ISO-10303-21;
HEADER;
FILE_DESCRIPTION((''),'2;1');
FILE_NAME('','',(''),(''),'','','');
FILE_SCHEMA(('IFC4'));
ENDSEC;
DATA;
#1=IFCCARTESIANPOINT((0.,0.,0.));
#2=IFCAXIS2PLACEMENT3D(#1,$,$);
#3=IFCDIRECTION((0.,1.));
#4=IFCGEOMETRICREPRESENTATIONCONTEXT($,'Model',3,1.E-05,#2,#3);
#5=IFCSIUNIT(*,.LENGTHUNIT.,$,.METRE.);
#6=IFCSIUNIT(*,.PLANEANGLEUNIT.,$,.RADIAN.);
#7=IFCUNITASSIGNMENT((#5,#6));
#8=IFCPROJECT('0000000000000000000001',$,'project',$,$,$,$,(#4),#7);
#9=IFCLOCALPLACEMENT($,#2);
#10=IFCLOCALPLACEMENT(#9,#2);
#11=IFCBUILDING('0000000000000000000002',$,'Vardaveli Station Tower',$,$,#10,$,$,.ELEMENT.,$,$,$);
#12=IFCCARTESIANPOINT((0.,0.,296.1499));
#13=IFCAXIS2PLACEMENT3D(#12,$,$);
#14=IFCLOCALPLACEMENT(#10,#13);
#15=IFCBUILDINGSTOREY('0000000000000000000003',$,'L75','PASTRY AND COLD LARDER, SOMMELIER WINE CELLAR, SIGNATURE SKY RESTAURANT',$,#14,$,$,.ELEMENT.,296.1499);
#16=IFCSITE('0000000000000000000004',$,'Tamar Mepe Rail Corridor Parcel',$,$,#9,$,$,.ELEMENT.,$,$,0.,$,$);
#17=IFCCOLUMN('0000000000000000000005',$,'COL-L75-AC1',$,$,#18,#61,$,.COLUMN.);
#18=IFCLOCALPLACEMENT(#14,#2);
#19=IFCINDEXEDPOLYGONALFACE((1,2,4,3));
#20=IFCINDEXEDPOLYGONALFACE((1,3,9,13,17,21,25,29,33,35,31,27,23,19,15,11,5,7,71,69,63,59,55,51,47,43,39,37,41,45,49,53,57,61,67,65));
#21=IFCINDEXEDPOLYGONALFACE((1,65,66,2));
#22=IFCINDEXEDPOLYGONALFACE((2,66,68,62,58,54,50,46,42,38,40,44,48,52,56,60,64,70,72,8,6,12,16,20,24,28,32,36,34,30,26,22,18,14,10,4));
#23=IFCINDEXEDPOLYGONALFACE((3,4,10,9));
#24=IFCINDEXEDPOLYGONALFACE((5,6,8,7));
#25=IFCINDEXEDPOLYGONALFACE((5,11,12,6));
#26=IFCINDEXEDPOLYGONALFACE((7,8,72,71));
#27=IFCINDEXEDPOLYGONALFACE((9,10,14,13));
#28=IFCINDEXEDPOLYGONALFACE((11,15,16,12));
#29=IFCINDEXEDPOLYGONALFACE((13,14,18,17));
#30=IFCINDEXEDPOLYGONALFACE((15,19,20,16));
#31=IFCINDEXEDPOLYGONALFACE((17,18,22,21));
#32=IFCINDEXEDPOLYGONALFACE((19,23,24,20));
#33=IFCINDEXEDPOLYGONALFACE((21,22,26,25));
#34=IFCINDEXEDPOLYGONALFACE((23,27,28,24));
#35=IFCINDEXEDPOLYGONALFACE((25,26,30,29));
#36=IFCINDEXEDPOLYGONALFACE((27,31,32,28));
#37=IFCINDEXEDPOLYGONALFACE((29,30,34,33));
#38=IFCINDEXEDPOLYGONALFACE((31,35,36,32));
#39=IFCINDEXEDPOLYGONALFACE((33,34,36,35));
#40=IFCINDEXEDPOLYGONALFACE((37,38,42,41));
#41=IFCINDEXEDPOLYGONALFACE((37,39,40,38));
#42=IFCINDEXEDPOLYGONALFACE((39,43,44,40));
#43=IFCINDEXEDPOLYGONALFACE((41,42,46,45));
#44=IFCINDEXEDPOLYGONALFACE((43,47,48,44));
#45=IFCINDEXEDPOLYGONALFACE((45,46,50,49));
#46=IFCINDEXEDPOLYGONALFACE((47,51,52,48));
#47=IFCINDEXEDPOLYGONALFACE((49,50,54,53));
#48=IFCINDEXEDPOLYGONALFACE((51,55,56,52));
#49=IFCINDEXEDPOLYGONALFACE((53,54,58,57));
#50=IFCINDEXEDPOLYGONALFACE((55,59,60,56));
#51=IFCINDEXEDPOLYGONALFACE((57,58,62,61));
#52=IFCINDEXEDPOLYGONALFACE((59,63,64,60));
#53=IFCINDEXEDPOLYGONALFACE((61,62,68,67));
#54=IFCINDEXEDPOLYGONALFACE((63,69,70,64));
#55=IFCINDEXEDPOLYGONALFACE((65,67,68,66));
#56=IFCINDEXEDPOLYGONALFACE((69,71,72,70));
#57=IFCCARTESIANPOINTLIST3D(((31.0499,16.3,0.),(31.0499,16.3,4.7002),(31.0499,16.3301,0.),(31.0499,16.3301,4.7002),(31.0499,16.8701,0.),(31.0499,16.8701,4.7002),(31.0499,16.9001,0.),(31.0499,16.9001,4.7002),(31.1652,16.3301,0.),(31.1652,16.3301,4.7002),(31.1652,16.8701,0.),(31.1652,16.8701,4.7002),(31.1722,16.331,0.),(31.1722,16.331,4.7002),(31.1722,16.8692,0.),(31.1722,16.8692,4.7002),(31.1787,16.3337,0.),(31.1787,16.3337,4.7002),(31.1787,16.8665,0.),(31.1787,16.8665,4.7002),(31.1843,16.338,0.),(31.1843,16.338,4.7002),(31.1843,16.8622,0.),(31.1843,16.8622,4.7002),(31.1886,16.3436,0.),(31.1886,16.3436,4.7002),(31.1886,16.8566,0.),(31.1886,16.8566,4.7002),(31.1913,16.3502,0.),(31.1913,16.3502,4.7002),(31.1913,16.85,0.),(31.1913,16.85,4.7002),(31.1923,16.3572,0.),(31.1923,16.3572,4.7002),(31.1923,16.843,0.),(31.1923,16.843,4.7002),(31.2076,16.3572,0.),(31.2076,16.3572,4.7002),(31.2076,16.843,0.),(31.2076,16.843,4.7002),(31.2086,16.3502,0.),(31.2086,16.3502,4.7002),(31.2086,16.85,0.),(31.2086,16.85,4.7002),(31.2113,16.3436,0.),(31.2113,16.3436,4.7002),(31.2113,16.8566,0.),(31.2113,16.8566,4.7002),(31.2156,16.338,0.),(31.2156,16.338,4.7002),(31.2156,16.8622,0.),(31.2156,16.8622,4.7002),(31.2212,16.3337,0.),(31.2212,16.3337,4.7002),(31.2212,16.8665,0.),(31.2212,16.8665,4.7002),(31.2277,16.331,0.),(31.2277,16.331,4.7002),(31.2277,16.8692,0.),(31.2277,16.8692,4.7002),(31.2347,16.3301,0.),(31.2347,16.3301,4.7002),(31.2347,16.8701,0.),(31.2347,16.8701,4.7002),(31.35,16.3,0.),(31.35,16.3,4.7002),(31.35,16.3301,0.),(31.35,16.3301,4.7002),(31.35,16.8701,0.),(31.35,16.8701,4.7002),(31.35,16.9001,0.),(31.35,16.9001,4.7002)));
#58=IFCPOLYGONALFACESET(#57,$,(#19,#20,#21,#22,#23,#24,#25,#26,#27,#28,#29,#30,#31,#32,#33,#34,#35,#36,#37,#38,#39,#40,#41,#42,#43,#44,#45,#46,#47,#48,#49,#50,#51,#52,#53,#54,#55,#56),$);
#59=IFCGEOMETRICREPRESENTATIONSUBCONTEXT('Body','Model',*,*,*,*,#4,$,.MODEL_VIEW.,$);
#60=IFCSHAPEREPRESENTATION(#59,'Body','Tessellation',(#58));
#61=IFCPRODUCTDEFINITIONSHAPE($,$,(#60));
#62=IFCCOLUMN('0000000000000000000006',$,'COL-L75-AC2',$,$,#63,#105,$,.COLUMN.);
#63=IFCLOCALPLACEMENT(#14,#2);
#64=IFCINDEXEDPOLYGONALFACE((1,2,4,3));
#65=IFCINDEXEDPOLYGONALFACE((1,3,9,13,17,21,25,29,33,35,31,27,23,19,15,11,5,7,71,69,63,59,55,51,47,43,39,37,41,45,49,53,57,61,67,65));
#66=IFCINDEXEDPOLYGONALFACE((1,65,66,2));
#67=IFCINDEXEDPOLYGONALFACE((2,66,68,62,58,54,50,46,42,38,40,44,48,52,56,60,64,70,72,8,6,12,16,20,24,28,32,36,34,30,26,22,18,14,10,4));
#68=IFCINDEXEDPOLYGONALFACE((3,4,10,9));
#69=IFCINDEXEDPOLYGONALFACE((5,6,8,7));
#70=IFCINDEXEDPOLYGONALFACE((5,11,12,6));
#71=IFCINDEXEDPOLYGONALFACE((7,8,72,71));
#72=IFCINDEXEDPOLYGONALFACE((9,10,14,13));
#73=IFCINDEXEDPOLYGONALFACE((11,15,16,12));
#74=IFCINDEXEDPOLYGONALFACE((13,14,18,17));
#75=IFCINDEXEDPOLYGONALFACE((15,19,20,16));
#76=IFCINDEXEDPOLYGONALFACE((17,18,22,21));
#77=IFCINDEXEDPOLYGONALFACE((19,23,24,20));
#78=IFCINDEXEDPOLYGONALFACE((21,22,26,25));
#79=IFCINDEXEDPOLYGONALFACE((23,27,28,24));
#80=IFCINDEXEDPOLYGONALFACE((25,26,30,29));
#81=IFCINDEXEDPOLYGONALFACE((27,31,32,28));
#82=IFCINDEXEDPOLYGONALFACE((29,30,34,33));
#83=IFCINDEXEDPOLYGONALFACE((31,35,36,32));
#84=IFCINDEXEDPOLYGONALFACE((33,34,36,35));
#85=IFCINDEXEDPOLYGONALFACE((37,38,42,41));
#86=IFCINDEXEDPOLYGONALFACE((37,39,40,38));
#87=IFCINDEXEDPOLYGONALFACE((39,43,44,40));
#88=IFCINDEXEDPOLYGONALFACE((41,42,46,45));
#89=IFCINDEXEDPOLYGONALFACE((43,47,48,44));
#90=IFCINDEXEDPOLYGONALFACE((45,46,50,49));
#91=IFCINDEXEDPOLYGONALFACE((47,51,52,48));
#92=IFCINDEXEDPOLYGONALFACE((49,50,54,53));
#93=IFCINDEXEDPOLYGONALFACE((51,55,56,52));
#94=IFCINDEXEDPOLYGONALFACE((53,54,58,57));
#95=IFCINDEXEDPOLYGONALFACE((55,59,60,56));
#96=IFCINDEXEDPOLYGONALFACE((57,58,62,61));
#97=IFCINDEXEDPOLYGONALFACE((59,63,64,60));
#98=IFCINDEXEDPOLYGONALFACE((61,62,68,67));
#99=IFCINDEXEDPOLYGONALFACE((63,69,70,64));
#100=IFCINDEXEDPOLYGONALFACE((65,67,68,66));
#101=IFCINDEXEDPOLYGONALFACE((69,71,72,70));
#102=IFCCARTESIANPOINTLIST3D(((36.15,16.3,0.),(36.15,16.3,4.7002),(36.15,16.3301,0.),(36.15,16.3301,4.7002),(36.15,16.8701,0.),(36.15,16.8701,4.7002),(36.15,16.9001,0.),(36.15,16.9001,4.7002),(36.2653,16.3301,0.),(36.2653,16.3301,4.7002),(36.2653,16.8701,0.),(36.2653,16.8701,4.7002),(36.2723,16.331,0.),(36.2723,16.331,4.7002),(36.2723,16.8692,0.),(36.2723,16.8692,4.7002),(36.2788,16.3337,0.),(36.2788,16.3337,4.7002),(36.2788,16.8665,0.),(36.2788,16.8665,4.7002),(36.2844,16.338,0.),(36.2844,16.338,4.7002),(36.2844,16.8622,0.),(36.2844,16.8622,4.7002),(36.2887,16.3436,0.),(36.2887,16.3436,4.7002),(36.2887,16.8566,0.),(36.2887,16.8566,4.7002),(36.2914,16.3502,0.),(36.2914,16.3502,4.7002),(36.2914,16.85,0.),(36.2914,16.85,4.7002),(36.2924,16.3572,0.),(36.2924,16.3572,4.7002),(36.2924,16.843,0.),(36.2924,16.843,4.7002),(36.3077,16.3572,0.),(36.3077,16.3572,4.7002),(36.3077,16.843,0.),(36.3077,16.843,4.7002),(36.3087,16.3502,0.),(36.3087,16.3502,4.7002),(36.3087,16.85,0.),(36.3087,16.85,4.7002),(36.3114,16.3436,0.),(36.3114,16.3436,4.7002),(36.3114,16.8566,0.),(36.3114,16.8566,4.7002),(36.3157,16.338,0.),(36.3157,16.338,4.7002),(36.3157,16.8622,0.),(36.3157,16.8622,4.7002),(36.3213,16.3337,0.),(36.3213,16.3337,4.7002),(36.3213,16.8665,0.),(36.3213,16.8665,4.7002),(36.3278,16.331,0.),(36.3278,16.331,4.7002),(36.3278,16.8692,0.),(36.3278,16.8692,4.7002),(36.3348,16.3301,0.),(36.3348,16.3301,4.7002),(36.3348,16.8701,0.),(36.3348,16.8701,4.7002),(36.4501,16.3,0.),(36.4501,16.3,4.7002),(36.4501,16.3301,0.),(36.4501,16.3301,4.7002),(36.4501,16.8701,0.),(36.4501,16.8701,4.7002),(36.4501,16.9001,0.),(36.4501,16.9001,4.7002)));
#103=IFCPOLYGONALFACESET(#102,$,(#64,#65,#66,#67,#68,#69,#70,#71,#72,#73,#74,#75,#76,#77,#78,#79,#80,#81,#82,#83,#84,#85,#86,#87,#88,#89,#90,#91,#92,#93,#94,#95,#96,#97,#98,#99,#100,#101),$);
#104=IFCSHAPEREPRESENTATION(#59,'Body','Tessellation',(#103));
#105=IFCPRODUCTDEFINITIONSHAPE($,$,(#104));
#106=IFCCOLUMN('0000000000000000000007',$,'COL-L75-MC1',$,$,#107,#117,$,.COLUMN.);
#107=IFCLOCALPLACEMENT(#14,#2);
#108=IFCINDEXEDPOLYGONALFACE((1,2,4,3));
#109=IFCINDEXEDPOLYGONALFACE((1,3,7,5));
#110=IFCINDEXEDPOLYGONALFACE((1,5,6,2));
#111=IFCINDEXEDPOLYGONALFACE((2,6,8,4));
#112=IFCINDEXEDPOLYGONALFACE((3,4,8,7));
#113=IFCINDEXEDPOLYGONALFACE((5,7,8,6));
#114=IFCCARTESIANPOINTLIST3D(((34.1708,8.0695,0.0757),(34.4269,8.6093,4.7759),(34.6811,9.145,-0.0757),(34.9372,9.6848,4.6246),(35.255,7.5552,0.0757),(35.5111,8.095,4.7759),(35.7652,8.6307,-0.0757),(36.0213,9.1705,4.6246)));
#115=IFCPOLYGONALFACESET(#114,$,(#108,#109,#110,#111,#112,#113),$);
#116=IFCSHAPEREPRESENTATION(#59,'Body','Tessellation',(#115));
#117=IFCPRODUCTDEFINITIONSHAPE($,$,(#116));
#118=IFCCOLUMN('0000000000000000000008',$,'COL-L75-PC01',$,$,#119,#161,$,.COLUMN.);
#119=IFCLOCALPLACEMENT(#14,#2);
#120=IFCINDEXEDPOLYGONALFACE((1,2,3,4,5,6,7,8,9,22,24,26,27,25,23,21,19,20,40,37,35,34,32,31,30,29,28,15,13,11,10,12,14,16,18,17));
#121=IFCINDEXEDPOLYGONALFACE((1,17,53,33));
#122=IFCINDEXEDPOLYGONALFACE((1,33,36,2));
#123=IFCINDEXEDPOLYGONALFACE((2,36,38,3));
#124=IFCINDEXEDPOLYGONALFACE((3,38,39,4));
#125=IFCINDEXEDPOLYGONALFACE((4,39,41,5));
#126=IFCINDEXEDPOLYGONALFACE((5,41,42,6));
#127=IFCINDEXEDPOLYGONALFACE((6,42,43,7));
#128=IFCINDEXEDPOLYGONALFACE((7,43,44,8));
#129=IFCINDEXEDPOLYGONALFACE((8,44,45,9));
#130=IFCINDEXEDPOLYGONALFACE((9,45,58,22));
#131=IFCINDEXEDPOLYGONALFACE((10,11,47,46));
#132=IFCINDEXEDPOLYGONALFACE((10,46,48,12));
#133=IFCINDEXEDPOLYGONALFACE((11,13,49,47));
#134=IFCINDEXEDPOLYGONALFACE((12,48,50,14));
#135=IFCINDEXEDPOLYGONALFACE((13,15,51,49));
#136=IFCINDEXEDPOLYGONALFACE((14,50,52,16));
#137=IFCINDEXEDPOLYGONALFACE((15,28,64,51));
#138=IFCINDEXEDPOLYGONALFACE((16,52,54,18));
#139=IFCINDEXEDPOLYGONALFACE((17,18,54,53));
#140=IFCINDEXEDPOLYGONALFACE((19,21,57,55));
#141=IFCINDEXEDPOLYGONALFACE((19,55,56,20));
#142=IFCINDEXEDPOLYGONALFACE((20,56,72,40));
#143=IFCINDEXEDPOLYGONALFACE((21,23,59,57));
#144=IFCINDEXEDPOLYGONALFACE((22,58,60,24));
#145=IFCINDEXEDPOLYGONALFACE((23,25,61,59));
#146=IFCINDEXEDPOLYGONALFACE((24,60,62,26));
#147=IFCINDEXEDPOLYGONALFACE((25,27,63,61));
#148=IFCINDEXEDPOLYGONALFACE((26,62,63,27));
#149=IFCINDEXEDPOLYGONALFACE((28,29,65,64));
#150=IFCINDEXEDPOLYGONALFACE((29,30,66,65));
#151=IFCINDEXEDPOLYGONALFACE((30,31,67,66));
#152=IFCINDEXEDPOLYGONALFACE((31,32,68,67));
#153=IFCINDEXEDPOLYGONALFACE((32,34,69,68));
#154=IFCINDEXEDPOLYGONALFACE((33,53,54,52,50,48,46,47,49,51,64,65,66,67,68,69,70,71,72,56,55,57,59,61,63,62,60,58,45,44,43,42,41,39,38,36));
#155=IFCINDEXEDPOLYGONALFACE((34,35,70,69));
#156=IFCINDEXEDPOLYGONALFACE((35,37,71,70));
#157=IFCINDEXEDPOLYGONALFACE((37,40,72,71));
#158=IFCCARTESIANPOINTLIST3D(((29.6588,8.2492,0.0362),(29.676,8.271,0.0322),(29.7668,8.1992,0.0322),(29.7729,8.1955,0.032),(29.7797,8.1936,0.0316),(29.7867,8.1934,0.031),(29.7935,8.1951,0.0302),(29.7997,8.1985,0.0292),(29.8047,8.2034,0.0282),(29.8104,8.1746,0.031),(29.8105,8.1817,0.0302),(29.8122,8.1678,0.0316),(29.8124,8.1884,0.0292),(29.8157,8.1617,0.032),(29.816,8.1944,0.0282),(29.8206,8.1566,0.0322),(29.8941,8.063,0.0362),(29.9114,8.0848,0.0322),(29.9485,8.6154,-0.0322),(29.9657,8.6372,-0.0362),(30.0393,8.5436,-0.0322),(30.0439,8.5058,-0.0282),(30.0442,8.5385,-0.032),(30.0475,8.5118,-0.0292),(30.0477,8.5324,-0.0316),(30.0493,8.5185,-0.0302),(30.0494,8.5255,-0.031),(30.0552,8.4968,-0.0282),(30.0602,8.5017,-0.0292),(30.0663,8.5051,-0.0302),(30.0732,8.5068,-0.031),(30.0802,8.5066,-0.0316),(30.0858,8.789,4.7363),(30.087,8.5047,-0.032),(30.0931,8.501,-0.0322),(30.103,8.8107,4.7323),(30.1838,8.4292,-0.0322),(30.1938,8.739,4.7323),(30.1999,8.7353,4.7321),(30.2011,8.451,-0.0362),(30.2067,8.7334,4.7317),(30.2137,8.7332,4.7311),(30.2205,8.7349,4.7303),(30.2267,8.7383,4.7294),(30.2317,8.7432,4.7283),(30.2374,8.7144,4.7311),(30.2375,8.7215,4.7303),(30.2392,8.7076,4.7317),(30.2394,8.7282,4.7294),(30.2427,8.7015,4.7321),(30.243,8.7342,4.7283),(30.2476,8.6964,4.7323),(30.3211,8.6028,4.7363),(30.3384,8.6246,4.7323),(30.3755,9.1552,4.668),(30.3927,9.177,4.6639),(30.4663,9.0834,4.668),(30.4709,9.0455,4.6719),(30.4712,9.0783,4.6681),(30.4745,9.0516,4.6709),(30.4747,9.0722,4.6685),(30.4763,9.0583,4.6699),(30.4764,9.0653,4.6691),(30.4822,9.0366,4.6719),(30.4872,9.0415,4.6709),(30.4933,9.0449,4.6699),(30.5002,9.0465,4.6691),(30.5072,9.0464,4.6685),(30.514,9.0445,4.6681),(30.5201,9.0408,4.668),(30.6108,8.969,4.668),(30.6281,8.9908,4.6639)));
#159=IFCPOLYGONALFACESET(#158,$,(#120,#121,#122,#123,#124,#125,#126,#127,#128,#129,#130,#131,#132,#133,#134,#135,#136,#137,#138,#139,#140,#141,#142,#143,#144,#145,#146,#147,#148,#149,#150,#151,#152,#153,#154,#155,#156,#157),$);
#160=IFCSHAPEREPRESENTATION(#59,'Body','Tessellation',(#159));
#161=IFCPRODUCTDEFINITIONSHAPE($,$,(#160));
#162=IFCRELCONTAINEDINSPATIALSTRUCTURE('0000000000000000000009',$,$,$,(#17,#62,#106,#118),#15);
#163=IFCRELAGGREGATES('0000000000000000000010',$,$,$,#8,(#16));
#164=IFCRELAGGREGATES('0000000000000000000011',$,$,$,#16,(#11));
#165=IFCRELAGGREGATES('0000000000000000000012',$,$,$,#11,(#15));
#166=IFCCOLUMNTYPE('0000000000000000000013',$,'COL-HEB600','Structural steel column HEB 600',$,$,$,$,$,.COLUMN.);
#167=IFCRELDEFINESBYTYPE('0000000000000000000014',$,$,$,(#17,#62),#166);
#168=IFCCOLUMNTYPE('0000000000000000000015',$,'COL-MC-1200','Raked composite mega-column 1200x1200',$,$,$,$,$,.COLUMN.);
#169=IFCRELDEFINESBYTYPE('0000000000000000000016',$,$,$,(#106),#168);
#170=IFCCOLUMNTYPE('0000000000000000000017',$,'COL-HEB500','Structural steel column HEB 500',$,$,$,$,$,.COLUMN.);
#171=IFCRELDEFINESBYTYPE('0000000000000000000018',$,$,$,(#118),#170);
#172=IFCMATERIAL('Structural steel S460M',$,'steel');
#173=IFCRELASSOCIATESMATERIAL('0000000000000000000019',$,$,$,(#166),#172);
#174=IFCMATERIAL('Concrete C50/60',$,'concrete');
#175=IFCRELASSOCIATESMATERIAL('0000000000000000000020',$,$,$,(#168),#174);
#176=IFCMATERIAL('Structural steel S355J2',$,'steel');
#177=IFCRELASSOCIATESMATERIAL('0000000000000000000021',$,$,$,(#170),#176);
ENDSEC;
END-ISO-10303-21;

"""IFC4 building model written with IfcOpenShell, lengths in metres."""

from ifc_helpers import new_model, si_unit, direction, frame, origin, origin_2d, place, context, subcontext, project, spatial, rectangle, i_section, extrude, source, transform, mapped, material, material_profile, profile_set, type_object, element, save


model = new_model("IFC4")

# Units and contexts
model_context = context("Model", 3, precision=1e-05, world=origin(), true_north=direction((0.0, 1.0)))
body_context = subcontext(model_context, "Body", "Model", "MODEL_VIEW")
ifc_project = project(units=[si_unit("LENGTHUNIT", "METRE"), si_unit("PLANEANGLEUNIT", "RADIAN")], contexts=[model_context])

# Site, building, storey
site_placement = place(None, origin())
site = spatial("IfcSite", under=ifc_project, at=site_placement, Name="Tamar Mepe Rail Corridor Parcel", CompositionType="ELEMENT", RefElevation=0.0)
building_placement = place(site_placement, origin())
building = spatial("IfcBuilding", under=site, at=building_placement, Name="Vardaveli Station Tower", CompositionType="ELEMENT")
storey_placement = place(building_placement, frame((0.0, 0.0, 296.1499)))
storey = spatial("IfcBuildingStorey", under=building, at=storey_placement, Name="L75", Description="PASTRY AND COLD LARDER, SOMMELIER WINE CELLAR, SIGNATURE SKY RESTAURANT", CompositionType="ELEMENT", Elevation=296.1499)

# Columns
ifc_material_1 = material(Name="Structural steel S460M", Category="steel")
ifc_material_profile_1 = material_profile(ifc_material_1, i_section(OverallWidth=0.3, OverallDepth=0.6001, WebThickness=0.0154, FlangeThickness=0.03, FilletRadius=0.0271, at=origin_2d()), Name="HEB 600")
ifc_profile_set_1 = profile_set([ifc_material_profile_1], Name="Structural steel S460M")
column_type_1 = type_object("IfcColumnType", Name="COL-HEB600", Description="Structural steel column HEB 600", PredefinedType="COLUMN", material=ifc_profile_set_1)
shared_shape_1 = source(origin(), body_context, "Body", "SweptSolid", [
    extrude(i_section(OverallWidth=0.3, OverallDepth=0.6001, WebThickness=0.0154, FlangeThickness=0.03, FilletRadius=0.0271, at=origin_2d()), origin(), (0.0, 0.0, 1.0), 4.7002),
])
for number, where, z_axis, x_axis, name in (
    (1, (31.2, 16.6001, 0.0), (0.0, 0.0, 1.0), (1.0, 0.0, 0.0), "COL-L75-AC1"),
    (2, (36.3, 16.6001, 0.0), (0.0, 0.0, 1.0), (1.0, 0.0, 0.0), "COL-L75-AC2"),
):
    element("IfcColumn", number, at=place(storey_placement, frame(where, z_axis=z_axis, x_axis=x_axis)), inside=storey, type_object=column_type_1, Name=name, PredefinedType="COLUMN", context=body_context, shape_type="MappedRepresentation", body=[
        mapped(shared_shape_1, transform((0.0, 0.0, 0.0), scale=1.0)),
    ])
ifc_material_2 = material(Name="Concrete C50/60", Category="concrete")
ifc_material_profile_2 = material_profile(ifc_material_2, rectangle(XDim=1.2, YDim=1.2, at=origin_2d()), Name="MC 1200x1200")
ifc_profile_set_2 = profile_set([ifc_material_profile_2], Name="Concrete C50/60")
column_type_2 = type_object("IfcColumnType", Name="COL-MC-1200", Description="Raked composite mega-column 1200x1200", PredefinedType="COLUMN", material=ifc_profile_set_2)
shared_shape_2 = source(origin(), body_context, "Body", "SweptSolid", [
    extrude(rectangle(XDim=1.2, YDim=1.2, at=origin_2d()), origin(), (0.0, 0.0, 1.0), 4.738),
])
column_1_placement = place(storey_placement, frame((34.968, 8.3501, 0.0), z_axis=(0.054053, 0.113928, 0.992017), x_axis=(-0.903471, 0.428648, 0.0)))
element("IfcColumn", 3, at=column_1_placement, inside=storey, type_object=column_type_2, Name="COL-L75-MC1", PredefinedType="COLUMN", context=body_context, shape_type="MappedRepresentation", body=[
    mapped(shared_shape_2, transform((0.0, 0.0, 0.0), scale=1.0)),
])
ifc_material_3 = material(Name="Structural steel S355J2", Category="steel")
ifc_material_profile_3 = material_profile(ifc_material_3, i_section(OverallWidth=0.3, OverallDepth=0.5, WebThickness=0.0144, FlangeThickness=0.0281, FilletRadius=0.0271, at=origin_2d()), Name="HEB 500")
ifc_profile_set_3 = profile_set([ifc_material_profile_3], Name="Structural steel S355J2")
column_type_3 = type_object("IfcColumnType", Name="COL-HEB500", Description="Structural steel column HEB 500", PredefinedType="COLUMN", material=ifc_profile_set_3)
shared_shape_3 = source(origin(), body_context, "Body", "SweptSolid", [
    extrude(i_section(OverallWidth=0.3, OverallDepth=0.5, WebThickness=0.0144, FlangeThickness=0.0281, FilletRadius=0.0271, at=origin_2d()), origin(), (0.0, 0.0, 1.0), 4.7502),
])
column_2_placement = place(storey_placement, frame((29.9299, 8.3501, 0.0), z_axis=(0.089889, 0.113633, 0.989448), x_axis=(-0.784283, 0.620403, 0.0)))
element("IfcColumn", 4, at=column_2_placement, inside=storey, type_object=column_type_3, Name="COL-L75-PC01", PredefinedType="COLUMN", context=body_context, shape_type="MappedRepresentation", body=[
    mapped(shared_shape_3, transform((0.0, 0.0, 0.0), scale=1.0)),
])

save(model, "model.ifc")
